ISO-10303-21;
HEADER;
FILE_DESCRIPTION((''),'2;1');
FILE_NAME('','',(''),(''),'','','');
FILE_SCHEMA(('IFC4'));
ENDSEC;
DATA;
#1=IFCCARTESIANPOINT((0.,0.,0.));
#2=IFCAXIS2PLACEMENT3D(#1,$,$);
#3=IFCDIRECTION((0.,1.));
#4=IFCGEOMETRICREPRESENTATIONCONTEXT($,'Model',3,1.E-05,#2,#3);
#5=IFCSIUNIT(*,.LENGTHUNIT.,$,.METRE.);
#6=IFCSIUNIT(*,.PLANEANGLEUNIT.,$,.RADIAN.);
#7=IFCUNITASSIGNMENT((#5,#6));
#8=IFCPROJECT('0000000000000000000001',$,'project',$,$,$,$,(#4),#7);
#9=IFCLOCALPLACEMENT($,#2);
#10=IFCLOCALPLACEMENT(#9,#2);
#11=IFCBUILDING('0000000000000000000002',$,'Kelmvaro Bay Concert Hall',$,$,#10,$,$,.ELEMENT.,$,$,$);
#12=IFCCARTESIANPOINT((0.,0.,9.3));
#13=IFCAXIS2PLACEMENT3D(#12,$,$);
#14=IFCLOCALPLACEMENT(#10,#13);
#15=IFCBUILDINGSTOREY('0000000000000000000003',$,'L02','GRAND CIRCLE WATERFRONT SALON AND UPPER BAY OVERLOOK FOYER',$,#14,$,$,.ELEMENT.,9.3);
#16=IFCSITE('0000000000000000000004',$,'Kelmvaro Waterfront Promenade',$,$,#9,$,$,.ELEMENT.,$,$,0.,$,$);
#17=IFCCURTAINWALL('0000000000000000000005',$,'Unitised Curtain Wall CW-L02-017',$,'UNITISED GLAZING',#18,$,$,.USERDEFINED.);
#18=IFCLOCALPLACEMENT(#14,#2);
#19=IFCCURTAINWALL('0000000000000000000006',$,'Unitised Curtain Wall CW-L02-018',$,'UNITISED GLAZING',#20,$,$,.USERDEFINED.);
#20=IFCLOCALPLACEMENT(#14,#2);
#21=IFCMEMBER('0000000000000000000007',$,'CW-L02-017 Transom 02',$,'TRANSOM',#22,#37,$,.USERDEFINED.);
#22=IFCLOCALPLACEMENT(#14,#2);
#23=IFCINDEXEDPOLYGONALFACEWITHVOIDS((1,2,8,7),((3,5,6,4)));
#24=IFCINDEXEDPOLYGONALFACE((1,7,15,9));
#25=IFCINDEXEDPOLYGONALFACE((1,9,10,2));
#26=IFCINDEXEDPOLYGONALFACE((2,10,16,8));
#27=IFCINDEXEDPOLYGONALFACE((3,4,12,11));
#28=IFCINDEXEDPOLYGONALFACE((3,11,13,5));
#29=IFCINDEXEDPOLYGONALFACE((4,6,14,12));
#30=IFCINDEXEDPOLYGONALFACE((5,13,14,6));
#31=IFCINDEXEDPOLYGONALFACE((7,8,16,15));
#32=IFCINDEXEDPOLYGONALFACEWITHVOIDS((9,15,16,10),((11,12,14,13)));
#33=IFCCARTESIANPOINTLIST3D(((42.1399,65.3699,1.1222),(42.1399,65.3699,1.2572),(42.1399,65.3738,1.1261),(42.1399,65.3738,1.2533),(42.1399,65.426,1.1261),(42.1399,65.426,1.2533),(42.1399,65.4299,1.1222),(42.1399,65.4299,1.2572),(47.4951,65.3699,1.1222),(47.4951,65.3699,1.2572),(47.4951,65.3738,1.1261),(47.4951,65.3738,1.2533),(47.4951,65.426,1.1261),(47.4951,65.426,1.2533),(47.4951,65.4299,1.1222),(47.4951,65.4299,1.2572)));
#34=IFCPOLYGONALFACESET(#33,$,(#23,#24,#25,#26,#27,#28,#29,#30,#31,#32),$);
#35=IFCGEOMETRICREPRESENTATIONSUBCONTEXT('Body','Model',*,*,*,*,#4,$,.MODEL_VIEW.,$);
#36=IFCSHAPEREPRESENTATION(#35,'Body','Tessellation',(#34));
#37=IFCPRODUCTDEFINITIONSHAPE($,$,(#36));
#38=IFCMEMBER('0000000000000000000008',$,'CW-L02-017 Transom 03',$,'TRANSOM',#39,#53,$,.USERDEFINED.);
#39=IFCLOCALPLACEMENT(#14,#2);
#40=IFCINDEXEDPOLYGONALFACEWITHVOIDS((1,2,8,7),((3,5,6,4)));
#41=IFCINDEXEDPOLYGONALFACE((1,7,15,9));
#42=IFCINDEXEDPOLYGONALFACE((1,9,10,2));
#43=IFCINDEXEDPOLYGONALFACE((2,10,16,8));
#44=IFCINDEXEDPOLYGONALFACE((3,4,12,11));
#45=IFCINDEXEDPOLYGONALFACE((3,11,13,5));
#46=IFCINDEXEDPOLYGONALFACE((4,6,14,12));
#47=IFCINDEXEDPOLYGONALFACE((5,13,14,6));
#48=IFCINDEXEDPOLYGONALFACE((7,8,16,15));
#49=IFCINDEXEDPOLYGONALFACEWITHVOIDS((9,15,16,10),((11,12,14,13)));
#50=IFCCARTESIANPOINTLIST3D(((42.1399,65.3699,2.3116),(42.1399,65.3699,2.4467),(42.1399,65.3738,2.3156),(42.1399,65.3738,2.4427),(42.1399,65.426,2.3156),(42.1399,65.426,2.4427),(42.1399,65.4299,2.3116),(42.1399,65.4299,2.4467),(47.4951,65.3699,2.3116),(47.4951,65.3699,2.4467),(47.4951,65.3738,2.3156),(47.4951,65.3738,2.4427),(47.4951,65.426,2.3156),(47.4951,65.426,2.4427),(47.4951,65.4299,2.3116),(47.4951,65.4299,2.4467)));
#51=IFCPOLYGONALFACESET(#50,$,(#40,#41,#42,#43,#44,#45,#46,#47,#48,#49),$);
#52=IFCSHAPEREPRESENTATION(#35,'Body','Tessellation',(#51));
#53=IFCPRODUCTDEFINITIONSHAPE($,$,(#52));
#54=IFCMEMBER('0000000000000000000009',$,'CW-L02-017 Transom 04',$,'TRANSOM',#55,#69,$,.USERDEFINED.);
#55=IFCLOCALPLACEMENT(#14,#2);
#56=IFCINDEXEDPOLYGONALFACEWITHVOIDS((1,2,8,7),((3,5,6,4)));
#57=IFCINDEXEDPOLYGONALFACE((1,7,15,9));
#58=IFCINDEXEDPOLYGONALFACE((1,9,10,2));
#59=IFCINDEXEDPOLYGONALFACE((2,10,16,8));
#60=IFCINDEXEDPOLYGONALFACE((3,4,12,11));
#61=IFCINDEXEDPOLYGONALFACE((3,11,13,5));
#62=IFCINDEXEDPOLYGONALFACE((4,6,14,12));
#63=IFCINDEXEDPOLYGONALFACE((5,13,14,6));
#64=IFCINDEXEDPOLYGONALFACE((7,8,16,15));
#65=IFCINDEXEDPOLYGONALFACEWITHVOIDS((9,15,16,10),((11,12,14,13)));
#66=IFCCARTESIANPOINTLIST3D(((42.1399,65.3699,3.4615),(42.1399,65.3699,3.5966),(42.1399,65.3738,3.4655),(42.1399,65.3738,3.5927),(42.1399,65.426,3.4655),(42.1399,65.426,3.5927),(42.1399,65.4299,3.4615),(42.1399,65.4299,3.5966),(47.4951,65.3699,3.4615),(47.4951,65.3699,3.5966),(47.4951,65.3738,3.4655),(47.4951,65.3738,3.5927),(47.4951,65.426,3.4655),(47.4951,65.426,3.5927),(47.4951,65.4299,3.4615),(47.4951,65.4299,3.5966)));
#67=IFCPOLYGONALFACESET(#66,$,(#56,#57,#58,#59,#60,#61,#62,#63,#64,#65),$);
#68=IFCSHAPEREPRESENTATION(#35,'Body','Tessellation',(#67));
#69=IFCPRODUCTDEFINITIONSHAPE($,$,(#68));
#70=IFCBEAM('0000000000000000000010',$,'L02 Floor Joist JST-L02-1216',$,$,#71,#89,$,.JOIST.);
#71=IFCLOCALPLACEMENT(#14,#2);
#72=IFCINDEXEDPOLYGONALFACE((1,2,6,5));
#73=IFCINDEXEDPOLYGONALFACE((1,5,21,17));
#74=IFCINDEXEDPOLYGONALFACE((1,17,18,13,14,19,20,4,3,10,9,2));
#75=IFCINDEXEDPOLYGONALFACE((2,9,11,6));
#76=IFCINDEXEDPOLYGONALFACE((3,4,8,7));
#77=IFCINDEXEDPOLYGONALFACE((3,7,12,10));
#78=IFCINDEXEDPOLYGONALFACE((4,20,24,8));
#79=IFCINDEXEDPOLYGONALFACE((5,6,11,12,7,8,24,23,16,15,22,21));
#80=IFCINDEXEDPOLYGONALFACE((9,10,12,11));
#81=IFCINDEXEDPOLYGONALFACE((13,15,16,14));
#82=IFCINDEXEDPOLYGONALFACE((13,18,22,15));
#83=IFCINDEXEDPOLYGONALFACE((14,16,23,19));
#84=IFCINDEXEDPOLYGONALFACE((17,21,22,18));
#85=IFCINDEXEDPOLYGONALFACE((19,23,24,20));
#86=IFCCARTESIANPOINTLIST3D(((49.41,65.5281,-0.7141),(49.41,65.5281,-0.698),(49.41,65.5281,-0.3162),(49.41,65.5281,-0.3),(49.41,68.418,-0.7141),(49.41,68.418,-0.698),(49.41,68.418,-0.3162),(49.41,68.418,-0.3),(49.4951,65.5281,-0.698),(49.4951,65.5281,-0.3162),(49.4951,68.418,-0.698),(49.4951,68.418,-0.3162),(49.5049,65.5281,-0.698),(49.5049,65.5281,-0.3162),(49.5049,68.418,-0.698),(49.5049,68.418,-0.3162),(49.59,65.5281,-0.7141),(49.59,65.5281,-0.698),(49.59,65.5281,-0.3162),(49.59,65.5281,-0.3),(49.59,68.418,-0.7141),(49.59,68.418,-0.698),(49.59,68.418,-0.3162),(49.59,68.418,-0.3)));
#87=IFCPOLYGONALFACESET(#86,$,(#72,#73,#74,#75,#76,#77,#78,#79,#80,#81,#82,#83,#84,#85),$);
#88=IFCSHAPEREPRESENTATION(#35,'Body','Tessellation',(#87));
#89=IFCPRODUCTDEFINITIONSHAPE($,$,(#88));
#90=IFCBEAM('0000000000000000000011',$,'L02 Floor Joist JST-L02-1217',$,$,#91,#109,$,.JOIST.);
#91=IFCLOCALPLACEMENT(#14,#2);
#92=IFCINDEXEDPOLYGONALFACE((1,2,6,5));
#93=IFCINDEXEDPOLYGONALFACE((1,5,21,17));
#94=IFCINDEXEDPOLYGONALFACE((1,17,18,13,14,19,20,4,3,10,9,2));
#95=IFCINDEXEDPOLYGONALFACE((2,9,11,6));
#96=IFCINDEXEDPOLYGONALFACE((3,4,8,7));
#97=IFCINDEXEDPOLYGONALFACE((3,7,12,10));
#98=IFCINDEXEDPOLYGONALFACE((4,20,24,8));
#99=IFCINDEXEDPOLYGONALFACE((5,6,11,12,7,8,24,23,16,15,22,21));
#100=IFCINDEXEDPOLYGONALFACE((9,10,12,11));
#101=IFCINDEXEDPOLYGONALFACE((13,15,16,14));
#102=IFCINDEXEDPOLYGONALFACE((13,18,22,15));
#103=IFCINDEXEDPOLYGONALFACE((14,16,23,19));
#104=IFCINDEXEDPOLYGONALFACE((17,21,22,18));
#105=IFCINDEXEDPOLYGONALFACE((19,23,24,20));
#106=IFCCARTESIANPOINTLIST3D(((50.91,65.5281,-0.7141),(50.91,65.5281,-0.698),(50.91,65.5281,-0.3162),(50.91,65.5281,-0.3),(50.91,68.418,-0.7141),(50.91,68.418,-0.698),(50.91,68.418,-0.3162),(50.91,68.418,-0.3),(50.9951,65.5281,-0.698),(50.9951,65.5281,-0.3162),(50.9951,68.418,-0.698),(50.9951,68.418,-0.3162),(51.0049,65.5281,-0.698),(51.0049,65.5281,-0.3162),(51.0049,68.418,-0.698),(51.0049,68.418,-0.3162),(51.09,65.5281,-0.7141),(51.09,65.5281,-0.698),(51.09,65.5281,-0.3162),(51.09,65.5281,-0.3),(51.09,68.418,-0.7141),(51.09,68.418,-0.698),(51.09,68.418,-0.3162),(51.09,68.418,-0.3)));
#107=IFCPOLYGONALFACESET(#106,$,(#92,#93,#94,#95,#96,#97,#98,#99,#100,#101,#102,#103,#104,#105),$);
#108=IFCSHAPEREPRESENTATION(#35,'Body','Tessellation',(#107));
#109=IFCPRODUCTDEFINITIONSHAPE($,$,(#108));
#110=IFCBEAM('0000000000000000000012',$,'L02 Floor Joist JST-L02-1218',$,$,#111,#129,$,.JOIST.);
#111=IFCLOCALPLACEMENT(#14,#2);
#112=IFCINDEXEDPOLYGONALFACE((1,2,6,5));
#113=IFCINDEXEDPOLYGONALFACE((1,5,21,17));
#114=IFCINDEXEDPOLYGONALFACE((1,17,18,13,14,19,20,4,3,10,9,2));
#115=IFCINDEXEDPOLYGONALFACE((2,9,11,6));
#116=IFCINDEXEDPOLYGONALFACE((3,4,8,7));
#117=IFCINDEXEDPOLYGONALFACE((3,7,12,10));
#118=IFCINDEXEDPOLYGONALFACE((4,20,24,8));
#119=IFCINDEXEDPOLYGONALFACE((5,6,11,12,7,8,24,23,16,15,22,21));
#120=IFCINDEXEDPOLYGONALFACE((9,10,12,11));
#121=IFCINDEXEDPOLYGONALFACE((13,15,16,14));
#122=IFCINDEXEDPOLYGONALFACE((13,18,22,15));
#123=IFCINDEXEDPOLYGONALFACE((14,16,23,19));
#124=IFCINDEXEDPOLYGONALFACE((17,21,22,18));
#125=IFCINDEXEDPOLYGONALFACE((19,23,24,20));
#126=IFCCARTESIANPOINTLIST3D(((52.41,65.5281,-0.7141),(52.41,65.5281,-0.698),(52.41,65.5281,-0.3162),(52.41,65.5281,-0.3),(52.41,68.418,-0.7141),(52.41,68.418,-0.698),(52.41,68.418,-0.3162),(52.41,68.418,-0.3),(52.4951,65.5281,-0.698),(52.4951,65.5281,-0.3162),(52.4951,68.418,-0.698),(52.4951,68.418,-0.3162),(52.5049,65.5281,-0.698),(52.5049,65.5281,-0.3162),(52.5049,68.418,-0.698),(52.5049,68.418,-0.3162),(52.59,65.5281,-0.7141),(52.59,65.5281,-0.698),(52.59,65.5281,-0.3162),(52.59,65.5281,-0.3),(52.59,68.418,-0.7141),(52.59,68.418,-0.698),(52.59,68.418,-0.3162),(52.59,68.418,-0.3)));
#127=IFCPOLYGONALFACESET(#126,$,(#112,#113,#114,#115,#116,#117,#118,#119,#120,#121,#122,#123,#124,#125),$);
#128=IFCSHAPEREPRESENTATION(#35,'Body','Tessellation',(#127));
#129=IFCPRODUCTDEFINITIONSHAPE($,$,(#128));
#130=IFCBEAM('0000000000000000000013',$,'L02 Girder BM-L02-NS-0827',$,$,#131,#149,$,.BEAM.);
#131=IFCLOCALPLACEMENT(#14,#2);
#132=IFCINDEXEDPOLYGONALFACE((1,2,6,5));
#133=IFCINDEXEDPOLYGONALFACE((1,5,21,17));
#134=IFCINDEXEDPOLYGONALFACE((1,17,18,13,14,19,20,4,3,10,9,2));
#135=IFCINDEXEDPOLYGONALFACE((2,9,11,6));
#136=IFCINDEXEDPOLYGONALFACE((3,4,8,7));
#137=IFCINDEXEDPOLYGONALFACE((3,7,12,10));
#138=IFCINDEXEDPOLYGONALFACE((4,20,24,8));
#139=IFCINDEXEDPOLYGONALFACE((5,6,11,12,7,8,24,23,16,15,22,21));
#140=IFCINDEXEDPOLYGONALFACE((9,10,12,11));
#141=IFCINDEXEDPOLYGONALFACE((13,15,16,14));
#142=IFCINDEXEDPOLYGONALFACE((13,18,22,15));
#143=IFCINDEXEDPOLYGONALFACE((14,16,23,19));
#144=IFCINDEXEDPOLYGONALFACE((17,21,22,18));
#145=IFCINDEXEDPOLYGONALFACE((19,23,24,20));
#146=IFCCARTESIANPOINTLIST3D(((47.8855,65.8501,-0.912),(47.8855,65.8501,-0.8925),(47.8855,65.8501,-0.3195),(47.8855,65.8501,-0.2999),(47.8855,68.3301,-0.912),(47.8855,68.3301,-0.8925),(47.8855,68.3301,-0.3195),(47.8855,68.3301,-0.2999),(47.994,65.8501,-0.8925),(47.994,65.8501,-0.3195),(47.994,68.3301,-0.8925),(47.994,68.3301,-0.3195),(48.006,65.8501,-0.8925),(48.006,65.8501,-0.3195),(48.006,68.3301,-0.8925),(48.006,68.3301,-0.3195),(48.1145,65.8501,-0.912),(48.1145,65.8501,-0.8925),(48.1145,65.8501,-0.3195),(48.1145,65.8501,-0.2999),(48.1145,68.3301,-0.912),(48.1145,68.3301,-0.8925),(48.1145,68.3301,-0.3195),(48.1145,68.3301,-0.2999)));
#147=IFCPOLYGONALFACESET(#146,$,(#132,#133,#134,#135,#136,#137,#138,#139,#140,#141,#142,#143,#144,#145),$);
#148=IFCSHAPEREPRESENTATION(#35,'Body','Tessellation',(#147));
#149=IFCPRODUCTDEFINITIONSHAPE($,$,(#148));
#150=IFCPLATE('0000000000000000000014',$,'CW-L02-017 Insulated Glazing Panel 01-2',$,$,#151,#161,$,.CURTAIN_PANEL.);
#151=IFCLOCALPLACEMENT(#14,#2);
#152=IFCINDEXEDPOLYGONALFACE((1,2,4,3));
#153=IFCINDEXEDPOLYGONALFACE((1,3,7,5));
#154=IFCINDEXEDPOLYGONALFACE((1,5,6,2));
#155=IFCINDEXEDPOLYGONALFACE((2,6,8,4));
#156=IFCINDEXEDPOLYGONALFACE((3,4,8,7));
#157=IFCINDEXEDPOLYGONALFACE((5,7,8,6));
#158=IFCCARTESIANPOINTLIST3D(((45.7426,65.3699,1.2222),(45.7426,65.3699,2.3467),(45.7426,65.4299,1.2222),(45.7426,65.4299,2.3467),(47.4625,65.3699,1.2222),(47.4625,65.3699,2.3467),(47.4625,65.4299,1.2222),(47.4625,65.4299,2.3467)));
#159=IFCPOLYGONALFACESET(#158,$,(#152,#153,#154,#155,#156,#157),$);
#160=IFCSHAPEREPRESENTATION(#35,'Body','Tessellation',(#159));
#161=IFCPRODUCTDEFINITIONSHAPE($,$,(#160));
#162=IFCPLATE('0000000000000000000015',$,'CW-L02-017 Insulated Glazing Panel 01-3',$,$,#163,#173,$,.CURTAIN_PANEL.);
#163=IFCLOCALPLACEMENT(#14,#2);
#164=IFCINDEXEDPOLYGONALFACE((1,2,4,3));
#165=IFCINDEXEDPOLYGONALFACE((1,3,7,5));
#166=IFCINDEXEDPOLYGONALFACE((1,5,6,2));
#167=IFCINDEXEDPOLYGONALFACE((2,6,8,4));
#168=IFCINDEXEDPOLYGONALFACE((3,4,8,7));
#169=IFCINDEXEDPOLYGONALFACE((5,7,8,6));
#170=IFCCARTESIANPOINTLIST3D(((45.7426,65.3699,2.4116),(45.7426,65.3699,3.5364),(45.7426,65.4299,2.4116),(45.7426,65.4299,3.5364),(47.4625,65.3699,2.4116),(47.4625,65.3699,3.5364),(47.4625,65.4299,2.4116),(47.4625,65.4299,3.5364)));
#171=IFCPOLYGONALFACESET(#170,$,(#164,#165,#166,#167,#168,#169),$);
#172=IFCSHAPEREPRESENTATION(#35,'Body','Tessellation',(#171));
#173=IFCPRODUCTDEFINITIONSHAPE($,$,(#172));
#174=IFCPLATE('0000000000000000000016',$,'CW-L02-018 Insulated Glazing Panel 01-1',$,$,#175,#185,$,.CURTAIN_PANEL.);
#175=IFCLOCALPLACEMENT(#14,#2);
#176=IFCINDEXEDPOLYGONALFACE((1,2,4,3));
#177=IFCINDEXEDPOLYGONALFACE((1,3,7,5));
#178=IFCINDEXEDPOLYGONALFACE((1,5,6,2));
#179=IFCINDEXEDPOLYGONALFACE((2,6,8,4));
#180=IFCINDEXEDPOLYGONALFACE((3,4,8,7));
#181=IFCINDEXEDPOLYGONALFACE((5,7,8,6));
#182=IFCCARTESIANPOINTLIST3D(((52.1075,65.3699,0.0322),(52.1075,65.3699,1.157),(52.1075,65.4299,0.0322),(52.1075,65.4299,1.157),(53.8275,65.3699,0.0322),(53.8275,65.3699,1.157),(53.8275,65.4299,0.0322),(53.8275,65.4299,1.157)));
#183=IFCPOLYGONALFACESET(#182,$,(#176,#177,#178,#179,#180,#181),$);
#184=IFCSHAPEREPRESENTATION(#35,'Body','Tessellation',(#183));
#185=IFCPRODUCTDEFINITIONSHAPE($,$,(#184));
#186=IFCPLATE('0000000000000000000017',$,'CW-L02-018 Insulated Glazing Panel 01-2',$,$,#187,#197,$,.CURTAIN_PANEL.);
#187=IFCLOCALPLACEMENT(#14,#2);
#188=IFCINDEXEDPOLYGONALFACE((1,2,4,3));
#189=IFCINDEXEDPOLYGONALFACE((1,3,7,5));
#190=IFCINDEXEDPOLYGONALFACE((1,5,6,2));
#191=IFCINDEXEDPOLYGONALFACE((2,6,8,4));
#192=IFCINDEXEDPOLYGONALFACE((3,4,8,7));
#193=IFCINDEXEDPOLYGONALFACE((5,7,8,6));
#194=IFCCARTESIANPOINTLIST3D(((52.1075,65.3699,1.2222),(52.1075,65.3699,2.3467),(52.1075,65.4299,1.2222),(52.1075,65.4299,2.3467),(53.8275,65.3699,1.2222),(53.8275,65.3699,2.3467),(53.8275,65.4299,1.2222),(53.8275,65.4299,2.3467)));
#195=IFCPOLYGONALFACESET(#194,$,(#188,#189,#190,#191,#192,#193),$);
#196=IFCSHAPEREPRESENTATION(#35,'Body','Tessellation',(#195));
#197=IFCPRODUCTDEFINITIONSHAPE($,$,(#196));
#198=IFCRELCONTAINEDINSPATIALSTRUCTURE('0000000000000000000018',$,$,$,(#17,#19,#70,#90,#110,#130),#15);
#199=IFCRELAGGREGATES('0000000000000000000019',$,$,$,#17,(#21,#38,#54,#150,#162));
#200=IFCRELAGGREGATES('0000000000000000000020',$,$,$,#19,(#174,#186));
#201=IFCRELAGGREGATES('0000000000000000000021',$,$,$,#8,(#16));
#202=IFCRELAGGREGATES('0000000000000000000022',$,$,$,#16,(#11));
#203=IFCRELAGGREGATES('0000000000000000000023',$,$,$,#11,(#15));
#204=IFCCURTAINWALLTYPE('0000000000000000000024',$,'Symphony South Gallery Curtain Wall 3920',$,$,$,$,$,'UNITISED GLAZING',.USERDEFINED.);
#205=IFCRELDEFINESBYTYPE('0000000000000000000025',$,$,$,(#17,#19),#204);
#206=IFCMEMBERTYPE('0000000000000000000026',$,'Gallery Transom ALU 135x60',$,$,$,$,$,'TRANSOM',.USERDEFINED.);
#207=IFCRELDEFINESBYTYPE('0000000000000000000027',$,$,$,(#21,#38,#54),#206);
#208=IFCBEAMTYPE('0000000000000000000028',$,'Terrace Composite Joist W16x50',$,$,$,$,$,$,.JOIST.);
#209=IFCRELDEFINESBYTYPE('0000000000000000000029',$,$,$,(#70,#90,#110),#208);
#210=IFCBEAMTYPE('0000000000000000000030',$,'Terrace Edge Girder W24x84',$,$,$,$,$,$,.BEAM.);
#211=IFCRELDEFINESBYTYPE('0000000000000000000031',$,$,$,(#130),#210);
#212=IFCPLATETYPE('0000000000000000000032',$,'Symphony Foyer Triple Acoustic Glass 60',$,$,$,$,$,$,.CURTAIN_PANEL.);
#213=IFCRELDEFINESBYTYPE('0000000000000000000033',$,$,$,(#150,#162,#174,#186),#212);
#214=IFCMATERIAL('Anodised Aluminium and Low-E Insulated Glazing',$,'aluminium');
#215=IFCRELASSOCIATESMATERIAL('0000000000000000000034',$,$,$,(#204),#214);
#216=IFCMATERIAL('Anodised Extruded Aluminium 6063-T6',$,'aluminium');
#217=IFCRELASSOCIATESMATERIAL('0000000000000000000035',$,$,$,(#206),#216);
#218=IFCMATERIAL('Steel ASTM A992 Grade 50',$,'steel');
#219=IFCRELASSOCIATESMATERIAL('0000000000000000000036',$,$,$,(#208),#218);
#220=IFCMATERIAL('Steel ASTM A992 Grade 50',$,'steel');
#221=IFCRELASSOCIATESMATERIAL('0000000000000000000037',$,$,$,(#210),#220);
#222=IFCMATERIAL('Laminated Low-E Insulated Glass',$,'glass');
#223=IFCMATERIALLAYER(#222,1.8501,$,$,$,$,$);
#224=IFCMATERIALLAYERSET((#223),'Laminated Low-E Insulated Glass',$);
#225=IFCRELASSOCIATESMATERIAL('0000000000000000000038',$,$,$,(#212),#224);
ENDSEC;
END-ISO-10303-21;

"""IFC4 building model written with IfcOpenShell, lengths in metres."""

from ifc_helpers import new_model, si_unit, direction, frame, origin, origin_2d, place, context, subcontext, project, spatial, rectangle, hollow_rectangle, i_section, extrude, material, layer, layer_set, material_profile, profile_set, type_object, element, aggregate, save


model = new_model("IFC4")

# Units and contexts
model_context = context("Model", 3, precision=1e-05, world=origin(), true_north=direction((0.0, 1.0)))
body_context = subcontext(model_context, "Body", "Model", "MODEL_VIEW")
ifc_project = project(units=[si_unit("LENGTHUNIT", "METRE"), si_unit("PLANEANGLEUNIT", "RADIAN")], contexts=[model_context])

# Site, building, storey
site_placement = place(None, origin())
site = spatial("IfcSite", under=ifc_project, at=site_placement, Name="Kelmvaro Waterfront Promenade", CompositionType="ELEMENT", RefElevation=0.0)
building_placement = place(site_placement, origin())
building = spatial("IfcBuilding", under=site, at=building_placement, Name="Kelmvaro Bay Concert Hall", CompositionType="ELEMENT")
storey_placement = place(building_placement, frame((0.0, 0.0, 9.3)))
storey = spatial("IfcBuildingStorey", under=building, at=storey_placement, Name="L02", Description="GRAND CIRCLE WATERFRONT SALON AND UPPER BAY OVERLOOK FOYER", CompositionType="ELEMENT", Elevation=9.3)

# Curtain wall
ifc_material_1 = material(Name="Anodised Aluminium and Low-E Insulated Glazing", Category="aluminium")
curtain_wall_type = type_object("IfcCurtainWallType", Name="Symphony South Gallery Curtain Wall 3920", ElementType="UNITISED GLAZING", PredefinedType="USERDEFINED", material=ifc_material_1)
curtain_wall_1_placement = place(storey_placement, origin())
curtain_wall_1 = element("IfcCurtainWall", 1, at=curtain_wall_1_placement, inside=storey, type_object=curtain_wall_type, Name="Unitised Curtain Wall CW-L02-017", ObjectType="UNITISED GLAZING", PredefinedType="USERDEFINED")

# Curtain wall
curtain_wall_2_placement = place(storey_placement, origin())
curtain_wall_2 = element("IfcCurtainWall", 2, at=curtain_wall_2_placement, inside=storey, type_object=curtain_wall_type, Name="Unitised Curtain Wall CW-L02-018", ObjectType="UNITISED GLAZING", PredefinedType="USERDEFINED")

# Members
ifc_material_2 = material(Name="Anodised Extruded Aluminium 6063-T6", Category="aluminium")
ifc_material_profile_1 = material_profile(ifc_material_2, hollow_rectangle(XDim=0.0601, YDim=0.135, WallThickness=0.0039, at=origin_2d()), Name="ALU-TRN-135X60")
ifc_profile_set_1 = profile_set([ifc_material_profile_1], Name="Anodised Extruded Aluminium 6063-T6")
member_type_1 = type_object("IfcMemberType", Name="Gallery Transom ALU 135x60", ElementType="TRANSOM", PredefinedType="USERDEFINED", material=ifc_profile_set_1)
member_1_placement = place(storey_placement, frame((47.4951, 65.3999, 1.1897), z_axis=(-1.0, 0.0, 0.0), x_axis=(0.0, -1.0, 0.0)))
member_1 = element("IfcMember", 3, at=member_1_placement, type_object=member_type_1, Name="CW-L02-017 Transom 02", ObjectType="TRANSOM", PredefinedType="USERDEFINED", context=body_context, shape_type="SweptSolid", body=[
    extrude(hollow_rectangle(XDim=0.0601, YDim=0.135, WallThickness=0.0039, at=origin_2d()), origin(), (0.0, 0.0, 1.0), 5.3552),
])
member_2_placement = place(storey_placement, frame((47.4951, 65.3999, 2.3792), z_axis=(-1.0, 0.0, 0.0), x_axis=(0.0, -1.0, 0.0)))
member_2 = element("IfcMember", 4, at=member_2_placement, type_object=member_type_1, Name="CW-L02-017 Transom 03", ObjectType="TRANSOM", PredefinedType="USERDEFINED", context=body_context, shape_type="SweptSolid", body=[
    extrude(hollow_rectangle(XDim=0.0601, YDim=0.135, WallThickness=0.0039, at=origin_2d()), origin(), (0.0, 0.0, 1.0), 5.3552),
])
member_3_placement = place(storey_placement, frame((47.4951, 65.3999, 3.5291), z_axis=(-1.0, 0.0, 0.0), x_axis=(0.0, -1.0, 0.0)))
member_3 = element("IfcMember", 5, at=member_3_placement, type_object=member_type_1, Name="CW-L02-017 Transom 04", ObjectType="TRANSOM", PredefinedType="USERDEFINED", context=body_context, shape_type="SweptSolid", body=[
    extrude(hollow_rectangle(XDim=0.0601, YDim=0.135, WallThickness=0.0039, at=origin_2d()), origin(), (0.0, 0.0, 1.0), 5.3552),
])

# Beams
ifc_material_3 = material(Name="Steel ASTM A992 Grade 50", Category="steel")
ifc_material_profile_2 = material_profile(ifc_material_3, i_section(OverallWidth=0.1799, OverallDepth=0.4141, WebThickness=0.0098, FlangeThickness=0.0161, at=origin_2d()), Name="W16X50")
ifc_profile_set_2 = profile_set([ifc_material_profile_2], Name="Steel ASTM A992 Grade 50")
beam_type_1 = type_object("IfcBeamType", Name="Terrace Composite Joist W16x50", PredefinedType="JOIST", material=ifc_profile_set_2)
for number, where, z_axis, x_axis, name in (
    (6, (49.5, 65.5281, -0.5071), (0.0, 1.0, 0.0), (-1.0, 0.0, 0.0), "L02 Floor Joist JST-L02-1216"),
    (7, (51.0, 65.5281, -0.5071), (0.0, 1.0, 0.0), (-1.0, 0.0, 0.0), "L02 Floor Joist JST-L02-1217"),
    (8, (52.5, 65.5281, -0.5071), (0.0, 1.0, 0.0), (-1.0, 0.0, 0.0), "L02 Floor Joist JST-L02-1218"),
):
    element("IfcBeam", number, at=place(storey_placement, frame(where, z_axis=z_axis, x_axis=x_axis)), inside=storey, type_object=beam_type_1, Name=name, PredefinedType="JOIST", context=body_context, shape_type="SweptSolid", body=[
        extrude(i_section(OverallWidth=0.1799, OverallDepth=0.4141, WebThickness=0.0098, FlangeThickness=0.0161, at=origin_2d()), origin(), (0.0, 0.0, 1.0), 2.8899),
    ])
ifc_material_4 = material(Name="Steel ASTM A992 Grade 50", Category="steel")
ifc_material_profile_3 = material_profile(ifc_material_4, i_section(OverallWidth=0.229, OverallDepth=0.6121, WebThickness=0.012, FlangeThickness=0.0195, at=origin_2d()), Name="W24X84")
ifc_profile_set_3 = profile_set([ifc_material_profile_3], Name="Steel ASTM A992 Grade 50")
beam_type_2 = type_object("IfcBeamType", Name="Terrace Edge Girder W24x84", PredefinedType="BEAM", material=ifc_profile_set_3)
beam_1_placement = place(storey_placement, frame((48.0, 65.8501, -0.606), z_axis=(0.0, 1.0, 0.0), x_axis=(-1.0, 0.0, 0.0)))
element("IfcBeam", 9, at=beam_1_placement, inside=storey, type_object=beam_type_2, Name="L02 Girder BM-L02-NS-0827", PredefinedType="BEAM", context=body_context, shape_type="SweptSolid", body=[
    extrude(i_section(OverallWidth=0.229, OverallDepth=0.6121, WebThickness=0.012, FlangeThickness=0.0195, at=origin_2d()), origin(), (0.0, 0.0, 1.0), 2.48),
])

# Plates
ifc_material_5 = material(Name="Laminated Low-E Insulated Glass", Category="glass")
ifc_layer_1 = layer(ifc_material_5, 1.8501)
ifc_layer_set_1 = layer_set([ifc_layer_1], Name="Laminated Low-E Insulated Glass")
plate_type = type_object("IfcPlateType", Name="Symphony Foyer Triple Acoustic Glass 60", PredefinedType="CURTAIN_PANEL", material=ifc_layer_set_1)
plate_1_placement = place(storey_placement, frame((46.6025, 65.3999, 1.2222), z_axis=(0.0, 0.0, 1.0), x_axis=(-1.0, 0.0, 0.0)))
plate_1 = element("IfcPlate", 10, at=plate_1_placement, type_object=plate_type, Name="CW-L02-017 Insulated Glazing Panel 01-2", PredefinedType="CURTAIN_PANEL", context=body_context, shape_type="SweptSolid", body=[
    extrude(rectangle(XDim=1.72, YDim=0.0601, at=origin_2d()), origin(), (0.0, 0.0, 1.0), 1.1245),
])
plate_2_placement = place(storey_placement, frame((46.6025, 65.3999, 2.4116), z_axis=(0.0, 0.0, 1.0), x_axis=(-1.0, 0.0, 0.0)))
plate_2 = element("IfcPlate", 11, at=plate_2_placement, type_object=plate_type, Name="CW-L02-017 Insulated Glazing Panel 01-3", PredefinedType="CURTAIN_PANEL", context=body_context, shape_type="SweptSolid", body=[
    extrude(rectangle(XDim=1.72, YDim=0.0601, at=origin_2d()), origin(), (0.0, 0.0, 1.0), 1.1248),
])
aggregate(curtain_wall_1, [member_1, member_2, member_3, plate_1, plate_2])
plate_3_placement = place(storey_placement, frame((52.9675, 65.3999, 0.0322), z_axis=(0.0, 0.0, 1.0), x_axis=(-1.0, 0.0, 0.0)))
plate_3 = element("IfcPlate", 12, at=plate_3_placement, type_object=plate_type, Name="CW-L02-018 Insulated Glazing Panel 01-1", PredefinedType="CURTAIN_PANEL", context=body_context, shape_type="SweptSolid", body=[
    extrude(rectangle(XDim=1.72, YDim=0.0601, at=origin_2d()), origin(), (0.0, 0.0, 1.0), 1.1248),
])
plate_4_placement = place(storey_placement, frame((52.9675, 65.3999, 1.2222), z_axis=(0.0, 0.0, 1.0), x_axis=(-1.0, 0.0, 0.0)))
plate_4 = element("IfcPlate", 13, at=plate_4_placement, type_object=plate_type, Name="CW-L02-018 Insulated Glazing Panel 01-2", PredefinedType="CURTAIN_PANEL", context=body_context, shape_type="SweptSolid", body=[
    extrude(rectangle(XDim=1.72, YDim=0.0601, at=origin_2d()), origin(), (0.0, 0.0, 1.0), 1.1245),
])
aggregate(curtain_wall_2, [plate_3, plate_4])

save(model, "model.ifc")
